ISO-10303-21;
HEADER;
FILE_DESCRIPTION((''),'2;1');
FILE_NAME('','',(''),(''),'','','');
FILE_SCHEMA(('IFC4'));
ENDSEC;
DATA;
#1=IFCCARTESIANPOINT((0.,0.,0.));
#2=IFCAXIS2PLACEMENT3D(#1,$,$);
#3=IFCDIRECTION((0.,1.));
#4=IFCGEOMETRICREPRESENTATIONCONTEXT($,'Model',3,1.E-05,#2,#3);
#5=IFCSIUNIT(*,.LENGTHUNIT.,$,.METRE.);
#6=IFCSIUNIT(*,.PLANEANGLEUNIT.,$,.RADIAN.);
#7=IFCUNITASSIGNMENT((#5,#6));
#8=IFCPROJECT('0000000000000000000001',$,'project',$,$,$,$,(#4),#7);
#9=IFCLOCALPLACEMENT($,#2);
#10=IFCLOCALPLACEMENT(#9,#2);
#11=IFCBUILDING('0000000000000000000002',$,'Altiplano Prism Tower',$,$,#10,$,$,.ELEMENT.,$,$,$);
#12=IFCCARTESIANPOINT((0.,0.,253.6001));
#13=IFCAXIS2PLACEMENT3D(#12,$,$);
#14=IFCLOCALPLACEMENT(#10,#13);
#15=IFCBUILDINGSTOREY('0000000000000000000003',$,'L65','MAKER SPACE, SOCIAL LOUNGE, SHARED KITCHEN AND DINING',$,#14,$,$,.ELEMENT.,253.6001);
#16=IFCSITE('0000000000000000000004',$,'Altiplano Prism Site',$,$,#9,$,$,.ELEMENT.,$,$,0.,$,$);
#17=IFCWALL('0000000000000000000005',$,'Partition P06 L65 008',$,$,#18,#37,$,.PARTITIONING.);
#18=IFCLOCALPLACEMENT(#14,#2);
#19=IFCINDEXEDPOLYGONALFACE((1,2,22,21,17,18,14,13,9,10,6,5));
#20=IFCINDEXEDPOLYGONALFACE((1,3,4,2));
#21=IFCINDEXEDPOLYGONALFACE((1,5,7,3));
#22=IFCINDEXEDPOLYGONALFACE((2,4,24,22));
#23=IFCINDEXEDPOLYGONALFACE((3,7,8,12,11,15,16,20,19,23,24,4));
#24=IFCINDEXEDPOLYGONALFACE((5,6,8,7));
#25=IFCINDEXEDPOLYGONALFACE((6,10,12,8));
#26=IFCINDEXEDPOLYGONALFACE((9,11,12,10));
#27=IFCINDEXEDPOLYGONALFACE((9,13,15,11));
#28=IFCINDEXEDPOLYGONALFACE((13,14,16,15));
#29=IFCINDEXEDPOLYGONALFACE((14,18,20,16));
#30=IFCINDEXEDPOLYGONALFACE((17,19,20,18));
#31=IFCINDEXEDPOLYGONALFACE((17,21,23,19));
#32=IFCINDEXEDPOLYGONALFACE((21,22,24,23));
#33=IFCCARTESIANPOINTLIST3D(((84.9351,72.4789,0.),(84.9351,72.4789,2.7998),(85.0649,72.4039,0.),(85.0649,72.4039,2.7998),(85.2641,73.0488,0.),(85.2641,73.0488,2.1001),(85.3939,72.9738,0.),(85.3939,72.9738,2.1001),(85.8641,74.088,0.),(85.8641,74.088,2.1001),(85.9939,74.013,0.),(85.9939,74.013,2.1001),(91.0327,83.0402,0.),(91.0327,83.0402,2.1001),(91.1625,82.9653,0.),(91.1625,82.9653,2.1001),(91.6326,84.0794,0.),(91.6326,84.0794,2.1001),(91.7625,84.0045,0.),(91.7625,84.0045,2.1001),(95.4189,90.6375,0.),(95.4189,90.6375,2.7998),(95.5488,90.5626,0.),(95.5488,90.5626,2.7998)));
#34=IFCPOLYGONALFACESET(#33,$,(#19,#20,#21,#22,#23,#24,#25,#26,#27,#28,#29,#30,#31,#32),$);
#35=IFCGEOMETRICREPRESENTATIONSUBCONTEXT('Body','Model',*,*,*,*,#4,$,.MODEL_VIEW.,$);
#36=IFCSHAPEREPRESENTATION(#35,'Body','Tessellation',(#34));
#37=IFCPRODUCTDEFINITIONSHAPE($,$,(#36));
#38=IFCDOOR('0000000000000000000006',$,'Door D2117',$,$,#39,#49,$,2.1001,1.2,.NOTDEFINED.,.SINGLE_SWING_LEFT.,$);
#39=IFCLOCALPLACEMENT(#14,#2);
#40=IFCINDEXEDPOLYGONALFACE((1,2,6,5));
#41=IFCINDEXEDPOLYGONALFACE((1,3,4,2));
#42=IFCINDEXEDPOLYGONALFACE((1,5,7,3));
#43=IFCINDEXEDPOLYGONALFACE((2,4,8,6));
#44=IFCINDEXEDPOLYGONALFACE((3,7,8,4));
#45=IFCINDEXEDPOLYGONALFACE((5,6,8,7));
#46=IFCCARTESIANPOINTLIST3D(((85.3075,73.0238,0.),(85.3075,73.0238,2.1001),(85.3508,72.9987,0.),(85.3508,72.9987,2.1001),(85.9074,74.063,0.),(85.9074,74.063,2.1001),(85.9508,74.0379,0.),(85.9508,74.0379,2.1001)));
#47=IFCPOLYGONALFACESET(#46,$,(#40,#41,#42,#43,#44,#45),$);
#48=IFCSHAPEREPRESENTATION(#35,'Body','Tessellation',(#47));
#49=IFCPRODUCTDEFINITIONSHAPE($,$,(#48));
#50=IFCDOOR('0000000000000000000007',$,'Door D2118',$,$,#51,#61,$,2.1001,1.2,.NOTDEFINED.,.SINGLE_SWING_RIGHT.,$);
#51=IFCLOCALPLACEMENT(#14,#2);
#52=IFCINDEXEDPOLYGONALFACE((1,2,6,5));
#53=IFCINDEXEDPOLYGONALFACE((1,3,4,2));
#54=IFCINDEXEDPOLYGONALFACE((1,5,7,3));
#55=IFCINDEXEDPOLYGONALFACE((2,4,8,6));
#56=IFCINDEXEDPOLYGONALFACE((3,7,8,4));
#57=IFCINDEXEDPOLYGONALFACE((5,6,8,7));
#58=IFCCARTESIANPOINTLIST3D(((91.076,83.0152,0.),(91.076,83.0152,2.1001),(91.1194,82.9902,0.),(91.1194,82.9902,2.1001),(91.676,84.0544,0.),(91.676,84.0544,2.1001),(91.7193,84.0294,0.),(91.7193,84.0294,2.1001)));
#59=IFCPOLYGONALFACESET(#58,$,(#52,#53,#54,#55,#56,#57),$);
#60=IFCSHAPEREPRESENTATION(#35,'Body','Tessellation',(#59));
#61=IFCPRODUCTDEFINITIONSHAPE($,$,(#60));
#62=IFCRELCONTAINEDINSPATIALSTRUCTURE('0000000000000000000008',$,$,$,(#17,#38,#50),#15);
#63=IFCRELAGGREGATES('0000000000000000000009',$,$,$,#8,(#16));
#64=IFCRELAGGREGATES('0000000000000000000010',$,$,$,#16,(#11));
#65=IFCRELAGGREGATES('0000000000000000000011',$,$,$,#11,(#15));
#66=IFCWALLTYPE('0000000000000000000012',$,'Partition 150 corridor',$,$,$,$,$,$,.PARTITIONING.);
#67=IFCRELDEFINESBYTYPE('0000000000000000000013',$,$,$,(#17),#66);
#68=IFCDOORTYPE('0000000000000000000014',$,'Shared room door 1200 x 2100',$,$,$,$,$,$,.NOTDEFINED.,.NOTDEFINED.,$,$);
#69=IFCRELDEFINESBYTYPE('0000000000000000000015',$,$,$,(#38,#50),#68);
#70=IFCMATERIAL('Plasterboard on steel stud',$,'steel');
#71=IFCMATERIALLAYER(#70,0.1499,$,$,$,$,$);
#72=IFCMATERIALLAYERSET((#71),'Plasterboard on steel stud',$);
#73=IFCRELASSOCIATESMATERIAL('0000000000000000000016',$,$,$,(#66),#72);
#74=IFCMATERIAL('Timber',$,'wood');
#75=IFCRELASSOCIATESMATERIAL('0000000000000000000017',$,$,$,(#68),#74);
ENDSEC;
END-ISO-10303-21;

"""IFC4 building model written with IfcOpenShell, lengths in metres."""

from ifc_helpers import new_model, si_unit, direction, frame, frame_2d, origin, place, context, subcontext, project, spatial, rectangle, extrude, material, layer, layer_set, type_object, element, fill, save


model = new_model("IFC4")

# Units and contexts
model_context = context("Model", 3, precision=1e-05, world=origin(), true_north=direction((0.0, 1.0)))
body_context = subcontext(model_context, "Body", "Model", "MODEL_VIEW")
ifc_project = project(units=[si_unit("LENGTHUNIT", "METRE"), si_unit("PLANEANGLEUNIT", "RADIAN")], contexts=[model_context])

# Site, building, storey
site_placement = place(None, origin())
site = spatial("IfcSite", under=ifc_project, at=site_placement, Name="Altiplano Prism Site", CompositionType="ELEMENT", RefElevation=0.0)
building_placement = place(site_placement, origin())
building = spatial("IfcBuilding", under=site, at=building_placement, Name="Altiplano Prism Tower", CompositionType="ELEMENT")
storey_placement = place(building_placement, frame((0.0, 0.0, 253.6001)))
storey = spatial("IfcBuildingStorey", under=building, at=storey_placement, Name="L65", Description="MAKER SPACE, SOCIAL LOUNGE, SHARED KITCHEN AND DINING", CompositionType="ELEMENT", Elevation=253.6001)

# Shared definitions
ifc_material_1 = material(Name="Plasterboard on steel stud", Category="steel")

# Wall, openings, doors
ifc_layer_1 = layer(ifc_material_1, 0.1499)
ifc_layer_set_1 = layer_set([ifc_layer_1], Name="Plasterboard on steel stud")
wall_type_1 = type_object("IfcWallType", Name="Partition 150 corridor", PredefinedType="PARTITIONING", material=ifc_layer_set_1)
ifc_material_2 = material(Name="Timber", Category="wood")
door_type_1 = type_object("IfcDoorType", Name="Shared room door 1200 x 2100", OperationType="NOTDEFINED", PredefinedType="NOTDEFINED", material=ifc_material_2)
wall_1_placement = place(storey_placement, frame((85.0, 72.4414, 0.0), z_axis=(0.0, 0.0, 1.0), x_axis=(0.499999, 0.866026, 0.0)))
wall_1 = element("IfcWall", 1, at=wall_1_placement, inside=storey, type_object=wall_type_1, Name="Partition P06 L65 008", PredefinedType="PARTITIONING", context=body_context, shape_type="SweptSolid", body=[
    extrude(rectangle(XDim=20.9678, YDim=0.1499, at=frame_2d((10.4839, 0.0))), origin(), (0.0, 0.0, 1.0), 2.7998),
])
opening_1_placement = place(wall_1_placement, frame((0.658, 0.0, 0.0)))
opening_1 = element("IfcOpeningElement", 2, at=opening_1_placement, cuts=wall_1, PredefinedType="OPENING", context=body_context, shape_type="SweptSolid", body=[
    extrude(rectangle(XDim=1.2, YDim=2.1001, at=frame_2d((0.6001, 1.05))), frame((0.0, 0.0854, 0.0), z_axis=(0.0, -1.0, 0.0), x_axis=(1.0, 0.0, 0.0)), (0.0, 0.0, 1.0), 0.1709),
])
opening_2_placement = place(wall_1_placement, frame((12.1951, 0.0, 0.0)))
opening_2 = element("IfcOpeningElement", 3, at=opening_2_placement, cuts=wall_1, PredefinedType="OPENING", context=body_context, shape_type="SweptSolid", body=[
    extrude(rectangle(XDim=1.2, YDim=2.1001, at=frame_2d((0.6001, 1.05))), frame((0.0, 0.0854, 0.0), z_axis=(0.0, -1.0, 0.0), x_axis=(1.0, 0.0, 0.0)), (0.0, 0.0, 1.0), 0.1709),
])
door_1_placement = place(opening_1_placement, origin())
door_1 = element("IfcDoor", 4, at=door_1_placement, inside=storey, type_object=door_type_1, Name="Door D2117", OperationType="SINGLE_SWING_LEFT", OverallHeight=2.1001, OverallWidth=1.2, PredefinedType="NOTDEFINED", context=body_context, shape_type="SweptSolid", body=[
    extrude(rectangle(XDim=1.2, YDim=2.1001, at=frame_2d((0.6001, 1.05))), frame((0.0, 0.0249, 0.0), z_axis=(0.0, -1.0, 0.0), x_axis=(1.0, 0.0, 0.0)), (0.0, 0.0, 1.0), 0.05),
])
fill(opening_1, door_1)
door_2_placement = place(opening_2_placement, origin())
door_2 = element("IfcDoor", 5, at=door_2_placement, inside=storey, type_object=door_type_1, Name="Door D2118", OperationType="SINGLE_SWING_RIGHT", OverallHeight=2.1001, OverallWidth=1.2, PredefinedType="NOTDEFINED", context=body_context, shape_type="SweptSolid", body=[
    extrude(rectangle(XDim=1.2, YDim=2.1001, at=frame_2d((0.6001, 1.05))), frame((0.0, 0.0249, 0.0), z_axis=(0.0, -1.0, 0.0), x_axis=(1.0, 0.0, 0.0)), (0.0, 0.0, 1.0), 0.05),
])
fill(opening_2, door_2)

save(model, "model.ifc")
